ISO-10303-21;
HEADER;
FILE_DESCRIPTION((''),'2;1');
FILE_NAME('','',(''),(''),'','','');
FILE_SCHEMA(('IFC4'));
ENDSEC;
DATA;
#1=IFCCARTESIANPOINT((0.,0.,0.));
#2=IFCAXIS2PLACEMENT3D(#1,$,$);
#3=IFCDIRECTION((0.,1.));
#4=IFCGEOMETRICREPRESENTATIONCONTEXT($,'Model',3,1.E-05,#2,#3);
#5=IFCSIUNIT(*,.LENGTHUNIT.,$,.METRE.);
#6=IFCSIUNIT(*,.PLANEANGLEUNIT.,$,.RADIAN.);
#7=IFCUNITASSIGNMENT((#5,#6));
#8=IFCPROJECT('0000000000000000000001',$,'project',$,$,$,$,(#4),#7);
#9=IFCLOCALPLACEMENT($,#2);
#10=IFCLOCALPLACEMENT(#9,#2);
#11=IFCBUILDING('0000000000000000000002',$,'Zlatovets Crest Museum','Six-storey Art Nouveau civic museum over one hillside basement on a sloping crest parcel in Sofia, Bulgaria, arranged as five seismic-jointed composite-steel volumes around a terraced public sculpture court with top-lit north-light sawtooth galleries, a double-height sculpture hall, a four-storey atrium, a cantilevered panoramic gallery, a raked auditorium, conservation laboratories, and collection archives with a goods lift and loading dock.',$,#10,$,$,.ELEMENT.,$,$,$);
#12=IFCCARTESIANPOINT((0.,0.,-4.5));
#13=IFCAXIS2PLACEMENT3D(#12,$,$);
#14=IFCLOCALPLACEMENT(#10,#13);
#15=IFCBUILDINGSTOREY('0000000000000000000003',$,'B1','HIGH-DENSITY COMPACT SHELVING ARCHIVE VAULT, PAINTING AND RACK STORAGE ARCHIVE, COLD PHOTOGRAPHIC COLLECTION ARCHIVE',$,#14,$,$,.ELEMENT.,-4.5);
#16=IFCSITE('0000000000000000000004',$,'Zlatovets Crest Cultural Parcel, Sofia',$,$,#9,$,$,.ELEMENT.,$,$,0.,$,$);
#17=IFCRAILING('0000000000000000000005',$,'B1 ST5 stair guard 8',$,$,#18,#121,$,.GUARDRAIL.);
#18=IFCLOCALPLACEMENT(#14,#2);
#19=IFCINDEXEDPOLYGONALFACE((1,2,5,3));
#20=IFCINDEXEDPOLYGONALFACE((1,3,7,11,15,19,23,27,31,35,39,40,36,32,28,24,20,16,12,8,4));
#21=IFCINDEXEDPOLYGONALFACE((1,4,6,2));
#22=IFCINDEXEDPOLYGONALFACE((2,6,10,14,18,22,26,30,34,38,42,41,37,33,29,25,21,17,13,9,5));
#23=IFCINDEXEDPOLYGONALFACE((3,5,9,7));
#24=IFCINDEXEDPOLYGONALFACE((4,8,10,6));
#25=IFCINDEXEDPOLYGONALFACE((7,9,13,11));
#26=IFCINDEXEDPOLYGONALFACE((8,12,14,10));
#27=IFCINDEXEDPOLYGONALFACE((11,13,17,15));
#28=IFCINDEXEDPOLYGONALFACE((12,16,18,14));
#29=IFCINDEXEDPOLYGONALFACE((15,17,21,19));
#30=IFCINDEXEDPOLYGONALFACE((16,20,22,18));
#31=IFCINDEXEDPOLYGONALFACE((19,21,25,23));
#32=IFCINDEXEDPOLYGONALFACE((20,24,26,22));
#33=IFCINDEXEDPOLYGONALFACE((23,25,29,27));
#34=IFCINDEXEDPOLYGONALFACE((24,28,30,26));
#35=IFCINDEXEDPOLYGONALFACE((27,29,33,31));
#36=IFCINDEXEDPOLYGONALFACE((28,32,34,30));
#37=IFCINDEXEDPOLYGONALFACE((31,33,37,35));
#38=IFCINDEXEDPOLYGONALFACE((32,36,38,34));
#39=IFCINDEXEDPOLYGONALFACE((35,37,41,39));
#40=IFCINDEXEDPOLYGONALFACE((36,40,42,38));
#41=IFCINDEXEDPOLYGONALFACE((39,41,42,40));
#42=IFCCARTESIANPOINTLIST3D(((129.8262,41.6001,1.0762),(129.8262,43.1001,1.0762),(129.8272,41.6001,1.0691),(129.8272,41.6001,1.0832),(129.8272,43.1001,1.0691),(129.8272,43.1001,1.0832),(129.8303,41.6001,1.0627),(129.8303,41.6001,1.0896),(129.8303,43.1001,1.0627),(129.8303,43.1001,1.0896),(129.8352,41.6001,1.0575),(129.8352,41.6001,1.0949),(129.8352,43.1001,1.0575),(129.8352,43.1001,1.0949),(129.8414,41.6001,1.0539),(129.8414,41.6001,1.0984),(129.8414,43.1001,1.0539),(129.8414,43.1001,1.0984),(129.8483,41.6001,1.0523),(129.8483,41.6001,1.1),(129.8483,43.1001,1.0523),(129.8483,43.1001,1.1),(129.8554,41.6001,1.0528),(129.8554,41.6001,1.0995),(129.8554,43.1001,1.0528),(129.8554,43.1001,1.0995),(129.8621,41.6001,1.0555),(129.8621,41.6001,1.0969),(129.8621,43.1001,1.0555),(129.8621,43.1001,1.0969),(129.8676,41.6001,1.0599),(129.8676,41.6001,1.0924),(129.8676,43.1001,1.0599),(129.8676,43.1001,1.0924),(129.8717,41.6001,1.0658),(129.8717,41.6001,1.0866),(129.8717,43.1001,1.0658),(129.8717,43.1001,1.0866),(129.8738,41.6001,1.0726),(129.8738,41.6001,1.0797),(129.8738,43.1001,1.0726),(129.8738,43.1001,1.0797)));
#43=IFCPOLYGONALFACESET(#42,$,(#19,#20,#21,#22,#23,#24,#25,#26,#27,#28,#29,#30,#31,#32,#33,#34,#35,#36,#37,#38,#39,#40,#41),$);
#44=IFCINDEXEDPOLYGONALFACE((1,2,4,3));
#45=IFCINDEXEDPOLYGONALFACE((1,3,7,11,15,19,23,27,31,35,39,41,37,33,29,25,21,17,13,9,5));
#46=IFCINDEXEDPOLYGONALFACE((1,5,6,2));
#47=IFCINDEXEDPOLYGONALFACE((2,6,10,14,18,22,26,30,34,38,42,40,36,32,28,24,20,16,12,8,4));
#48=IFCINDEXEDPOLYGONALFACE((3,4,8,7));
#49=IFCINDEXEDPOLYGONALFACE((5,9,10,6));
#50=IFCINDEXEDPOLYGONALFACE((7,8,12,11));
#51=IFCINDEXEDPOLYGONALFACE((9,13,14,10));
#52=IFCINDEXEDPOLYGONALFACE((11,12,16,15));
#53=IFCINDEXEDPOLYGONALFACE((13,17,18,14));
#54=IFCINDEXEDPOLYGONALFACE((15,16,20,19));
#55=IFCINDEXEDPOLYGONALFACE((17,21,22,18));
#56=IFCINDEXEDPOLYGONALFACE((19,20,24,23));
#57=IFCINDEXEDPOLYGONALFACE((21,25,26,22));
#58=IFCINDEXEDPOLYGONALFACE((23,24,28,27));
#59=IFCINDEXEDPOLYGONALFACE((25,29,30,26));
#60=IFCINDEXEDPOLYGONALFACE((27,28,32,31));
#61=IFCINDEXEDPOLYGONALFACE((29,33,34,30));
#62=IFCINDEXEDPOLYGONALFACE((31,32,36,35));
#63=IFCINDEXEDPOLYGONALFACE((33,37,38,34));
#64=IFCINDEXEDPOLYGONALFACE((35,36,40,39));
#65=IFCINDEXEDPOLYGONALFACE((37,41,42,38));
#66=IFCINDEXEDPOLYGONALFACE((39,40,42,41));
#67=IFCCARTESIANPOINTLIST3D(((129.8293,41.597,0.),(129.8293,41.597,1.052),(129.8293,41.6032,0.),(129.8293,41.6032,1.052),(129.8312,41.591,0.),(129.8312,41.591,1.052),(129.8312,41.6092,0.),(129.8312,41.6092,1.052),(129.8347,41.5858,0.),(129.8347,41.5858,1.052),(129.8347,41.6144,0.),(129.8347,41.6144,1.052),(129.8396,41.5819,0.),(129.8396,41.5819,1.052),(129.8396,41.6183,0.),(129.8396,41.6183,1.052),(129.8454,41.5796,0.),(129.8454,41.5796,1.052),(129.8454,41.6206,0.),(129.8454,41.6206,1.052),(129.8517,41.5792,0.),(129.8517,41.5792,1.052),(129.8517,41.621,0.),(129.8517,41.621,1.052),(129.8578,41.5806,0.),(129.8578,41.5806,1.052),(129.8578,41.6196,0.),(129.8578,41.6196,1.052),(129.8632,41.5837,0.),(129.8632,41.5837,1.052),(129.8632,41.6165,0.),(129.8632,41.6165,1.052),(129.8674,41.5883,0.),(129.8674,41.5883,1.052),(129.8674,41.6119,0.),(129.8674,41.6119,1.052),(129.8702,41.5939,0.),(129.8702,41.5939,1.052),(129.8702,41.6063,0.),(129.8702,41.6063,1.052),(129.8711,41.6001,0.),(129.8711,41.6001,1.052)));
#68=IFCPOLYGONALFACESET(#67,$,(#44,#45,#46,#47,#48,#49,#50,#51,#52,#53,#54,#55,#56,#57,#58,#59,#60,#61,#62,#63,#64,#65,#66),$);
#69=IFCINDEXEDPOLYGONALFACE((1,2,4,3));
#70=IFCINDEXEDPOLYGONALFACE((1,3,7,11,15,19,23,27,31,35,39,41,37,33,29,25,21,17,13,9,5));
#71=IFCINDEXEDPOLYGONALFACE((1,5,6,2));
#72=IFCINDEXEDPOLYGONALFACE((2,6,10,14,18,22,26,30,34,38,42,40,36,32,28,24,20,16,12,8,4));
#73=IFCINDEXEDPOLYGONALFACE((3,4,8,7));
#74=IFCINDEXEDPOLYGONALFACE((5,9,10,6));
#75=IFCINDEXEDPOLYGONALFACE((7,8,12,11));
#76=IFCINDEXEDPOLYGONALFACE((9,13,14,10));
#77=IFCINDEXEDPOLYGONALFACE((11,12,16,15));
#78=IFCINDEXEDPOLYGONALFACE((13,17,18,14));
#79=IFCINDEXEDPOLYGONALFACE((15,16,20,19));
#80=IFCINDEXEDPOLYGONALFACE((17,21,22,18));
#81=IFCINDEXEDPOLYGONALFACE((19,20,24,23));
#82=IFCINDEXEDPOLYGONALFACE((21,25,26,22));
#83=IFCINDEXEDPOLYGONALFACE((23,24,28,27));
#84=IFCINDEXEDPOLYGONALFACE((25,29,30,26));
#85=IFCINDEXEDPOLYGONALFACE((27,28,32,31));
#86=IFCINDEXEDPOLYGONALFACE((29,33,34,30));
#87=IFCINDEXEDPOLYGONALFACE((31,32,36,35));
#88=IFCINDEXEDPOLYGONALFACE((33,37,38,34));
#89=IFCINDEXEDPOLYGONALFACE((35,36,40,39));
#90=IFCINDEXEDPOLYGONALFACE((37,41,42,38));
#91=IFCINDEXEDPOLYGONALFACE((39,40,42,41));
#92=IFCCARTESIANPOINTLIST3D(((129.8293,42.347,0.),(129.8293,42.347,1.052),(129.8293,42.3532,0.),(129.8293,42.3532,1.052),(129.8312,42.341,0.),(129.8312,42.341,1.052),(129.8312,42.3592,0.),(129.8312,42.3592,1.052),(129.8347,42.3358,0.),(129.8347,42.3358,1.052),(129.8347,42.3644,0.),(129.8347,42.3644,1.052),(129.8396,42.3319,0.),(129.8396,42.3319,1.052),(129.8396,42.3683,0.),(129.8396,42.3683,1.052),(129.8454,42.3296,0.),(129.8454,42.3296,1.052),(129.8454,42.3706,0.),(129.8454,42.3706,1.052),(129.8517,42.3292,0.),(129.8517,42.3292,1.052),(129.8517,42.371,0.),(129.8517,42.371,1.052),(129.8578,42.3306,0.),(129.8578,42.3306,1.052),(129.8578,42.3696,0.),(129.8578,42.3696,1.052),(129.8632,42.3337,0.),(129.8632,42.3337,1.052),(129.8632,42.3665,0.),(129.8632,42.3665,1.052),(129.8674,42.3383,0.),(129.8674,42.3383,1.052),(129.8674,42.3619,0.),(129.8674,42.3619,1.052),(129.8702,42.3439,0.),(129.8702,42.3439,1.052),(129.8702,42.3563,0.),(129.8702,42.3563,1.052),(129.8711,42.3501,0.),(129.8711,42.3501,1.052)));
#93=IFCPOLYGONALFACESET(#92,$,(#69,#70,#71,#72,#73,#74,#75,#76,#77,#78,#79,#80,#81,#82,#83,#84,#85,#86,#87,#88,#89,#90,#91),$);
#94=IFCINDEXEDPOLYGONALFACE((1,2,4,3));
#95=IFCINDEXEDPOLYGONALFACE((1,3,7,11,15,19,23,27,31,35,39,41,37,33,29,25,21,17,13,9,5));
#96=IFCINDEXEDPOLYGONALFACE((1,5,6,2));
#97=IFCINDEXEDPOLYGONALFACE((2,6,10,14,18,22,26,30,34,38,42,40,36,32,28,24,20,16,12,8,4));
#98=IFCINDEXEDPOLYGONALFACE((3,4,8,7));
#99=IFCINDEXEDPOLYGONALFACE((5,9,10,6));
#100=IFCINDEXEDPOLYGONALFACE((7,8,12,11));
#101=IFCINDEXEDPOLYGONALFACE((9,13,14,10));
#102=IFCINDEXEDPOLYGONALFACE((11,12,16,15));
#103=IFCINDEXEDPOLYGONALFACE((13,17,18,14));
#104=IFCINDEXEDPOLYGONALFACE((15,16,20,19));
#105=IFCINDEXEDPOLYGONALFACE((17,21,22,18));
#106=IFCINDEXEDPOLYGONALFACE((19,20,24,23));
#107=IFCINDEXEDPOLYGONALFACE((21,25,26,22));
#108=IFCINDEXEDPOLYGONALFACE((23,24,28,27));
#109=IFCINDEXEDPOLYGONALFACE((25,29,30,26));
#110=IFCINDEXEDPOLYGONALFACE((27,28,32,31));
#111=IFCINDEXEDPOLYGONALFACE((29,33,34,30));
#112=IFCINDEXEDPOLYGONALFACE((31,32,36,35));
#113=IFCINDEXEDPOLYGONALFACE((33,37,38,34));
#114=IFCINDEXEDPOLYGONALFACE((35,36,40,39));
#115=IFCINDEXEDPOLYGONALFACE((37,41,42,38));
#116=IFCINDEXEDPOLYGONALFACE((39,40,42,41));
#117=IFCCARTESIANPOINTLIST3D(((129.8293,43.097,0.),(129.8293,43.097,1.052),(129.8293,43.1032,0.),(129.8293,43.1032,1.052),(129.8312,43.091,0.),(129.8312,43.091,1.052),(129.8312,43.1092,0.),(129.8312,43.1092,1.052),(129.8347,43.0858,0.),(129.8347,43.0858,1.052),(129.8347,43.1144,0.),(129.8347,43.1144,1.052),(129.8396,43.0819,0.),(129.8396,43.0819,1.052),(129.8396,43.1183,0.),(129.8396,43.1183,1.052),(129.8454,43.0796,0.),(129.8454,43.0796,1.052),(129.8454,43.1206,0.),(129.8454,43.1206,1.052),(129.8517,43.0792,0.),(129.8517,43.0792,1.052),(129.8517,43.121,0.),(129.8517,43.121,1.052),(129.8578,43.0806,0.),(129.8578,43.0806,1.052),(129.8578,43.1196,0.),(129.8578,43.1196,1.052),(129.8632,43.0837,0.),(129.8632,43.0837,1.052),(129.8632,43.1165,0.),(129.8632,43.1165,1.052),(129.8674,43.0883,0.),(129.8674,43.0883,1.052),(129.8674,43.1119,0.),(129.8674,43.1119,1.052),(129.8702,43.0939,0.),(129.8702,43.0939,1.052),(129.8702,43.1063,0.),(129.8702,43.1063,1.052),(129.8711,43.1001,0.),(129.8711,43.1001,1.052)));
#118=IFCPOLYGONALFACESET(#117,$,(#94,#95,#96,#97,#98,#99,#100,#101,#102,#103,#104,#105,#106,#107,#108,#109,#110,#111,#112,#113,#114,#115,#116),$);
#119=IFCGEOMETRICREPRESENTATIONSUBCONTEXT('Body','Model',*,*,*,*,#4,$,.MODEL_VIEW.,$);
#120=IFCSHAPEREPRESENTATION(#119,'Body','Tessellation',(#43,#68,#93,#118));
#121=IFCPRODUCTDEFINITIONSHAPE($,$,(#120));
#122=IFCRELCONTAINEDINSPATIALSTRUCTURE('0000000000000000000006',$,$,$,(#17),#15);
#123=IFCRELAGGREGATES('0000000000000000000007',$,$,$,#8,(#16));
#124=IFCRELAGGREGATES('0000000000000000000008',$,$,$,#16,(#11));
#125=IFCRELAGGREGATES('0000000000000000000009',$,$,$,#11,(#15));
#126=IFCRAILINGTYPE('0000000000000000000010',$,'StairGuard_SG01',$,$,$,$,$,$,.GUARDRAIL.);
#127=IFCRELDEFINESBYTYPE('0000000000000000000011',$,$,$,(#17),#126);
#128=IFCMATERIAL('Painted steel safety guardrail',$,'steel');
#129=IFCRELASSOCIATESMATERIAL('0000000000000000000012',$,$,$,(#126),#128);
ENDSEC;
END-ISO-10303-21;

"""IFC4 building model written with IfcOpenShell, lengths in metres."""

from ifc_helpers import new_model, si_unit, direction, frame, origin, origin_2d, place, context, subcontext, project, spatial, circle, extrude, material, type_object, element, save


model = new_model("IFC4")

# Units and contexts
model_context = context("Model", 3, precision=1e-05, world=origin(), true_north=direction((0.0, 1.0)))
body_context = subcontext(model_context, "Body", "Model", "MODEL_VIEW")
ifc_project = project(units=[si_unit("LENGTHUNIT", "METRE"), si_unit("PLANEANGLEUNIT", "RADIAN")], contexts=[model_context])

# Site, building, storey
site_placement = place(None, origin())
site = spatial("IfcSite", under=ifc_project, at=site_placement, Name="Zlatovets Crest Cultural Parcel, Sofia", CompositionType="ELEMENT", RefElevation=0.0)
building_placement = place(site_placement, origin())
building = spatial("IfcBuilding", under=site, at=building_placement, Name="Zlatovets Crest Museum", Description="Six-storey Art Nouveau civic museum over one hillside basement on a sloping crest parcel in Sofia, Bulgaria, arranged as five seismic-jointed composite-steel volumes around a terraced public sculpture court with top-lit north-light sawtooth galleries, a double-height sculpture hall, a four-storey atrium, a cantilevered panoramic gallery, a raked auditorium, conservation laboratories, and collection archives with a goods lift and loading dock.", CompositionType="ELEMENT")
storey_placement = place(building_placement, frame((0.0, 0.0, -4.5)))
storey = spatial("IfcBuildingStorey", under=building, at=storey_placement, Name="B1", Description="HIGH-DENSITY COMPACT SHELVING ARCHIVE VAULT, PAINTING AND RACK STORAGE ARCHIVE, COLD PHOTOGRAPHIC COLLECTION ARCHIVE", CompositionType="ELEMENT", Elevation=-4.5)

# Railing
ifc_material_1 = material(Name="Painted steel safety guardrail", Category="steel")
railing_type_1 = type_object("IfcRailingType", Name="StairGuard_SG01", PredefinedType="GUARDRAIL", material=ifc_material_1)
for number, where, name in (
    (1, (129.8501, 41.6001, 0.0), "B1 ST5 stair guard 8"),
):
    element("IfcRailing", number, at=place(storey_placement, frame(where)), inside=storey, type_object=railing_type_1, Name=name, PredefinedType="GUARDRAIL", context=body_context, shape_type="SweptSolid", body=[
        extrude(circle(Radius=0.0239, at=origin_2d()), frame((0.0, 0.0, 1.0762), z_axis=(0.0, 1.0, 0.0), x_axis=(-1.0, 0.0, 0.0)), (0.0, 0.0, 1.0), 1.5),
        extrude(circle(Radius=0.021, at=origin_2d()), origin(), (0.0, 0.0, 1.0), 1.052),
        extrude(circle(Radius=0.021, at=origin_2d()), frame((0.0, 0.75, 0.0)), (0.0, 0.0, 1.0), 1.052),
        extrude(circle(Radius=0.021, at=origin_2d()), frame((0.0, 1.5, 0.0)), (0.0, 0.0, 1.0), 1.052),
    ])

save(model, "model.ifc")
